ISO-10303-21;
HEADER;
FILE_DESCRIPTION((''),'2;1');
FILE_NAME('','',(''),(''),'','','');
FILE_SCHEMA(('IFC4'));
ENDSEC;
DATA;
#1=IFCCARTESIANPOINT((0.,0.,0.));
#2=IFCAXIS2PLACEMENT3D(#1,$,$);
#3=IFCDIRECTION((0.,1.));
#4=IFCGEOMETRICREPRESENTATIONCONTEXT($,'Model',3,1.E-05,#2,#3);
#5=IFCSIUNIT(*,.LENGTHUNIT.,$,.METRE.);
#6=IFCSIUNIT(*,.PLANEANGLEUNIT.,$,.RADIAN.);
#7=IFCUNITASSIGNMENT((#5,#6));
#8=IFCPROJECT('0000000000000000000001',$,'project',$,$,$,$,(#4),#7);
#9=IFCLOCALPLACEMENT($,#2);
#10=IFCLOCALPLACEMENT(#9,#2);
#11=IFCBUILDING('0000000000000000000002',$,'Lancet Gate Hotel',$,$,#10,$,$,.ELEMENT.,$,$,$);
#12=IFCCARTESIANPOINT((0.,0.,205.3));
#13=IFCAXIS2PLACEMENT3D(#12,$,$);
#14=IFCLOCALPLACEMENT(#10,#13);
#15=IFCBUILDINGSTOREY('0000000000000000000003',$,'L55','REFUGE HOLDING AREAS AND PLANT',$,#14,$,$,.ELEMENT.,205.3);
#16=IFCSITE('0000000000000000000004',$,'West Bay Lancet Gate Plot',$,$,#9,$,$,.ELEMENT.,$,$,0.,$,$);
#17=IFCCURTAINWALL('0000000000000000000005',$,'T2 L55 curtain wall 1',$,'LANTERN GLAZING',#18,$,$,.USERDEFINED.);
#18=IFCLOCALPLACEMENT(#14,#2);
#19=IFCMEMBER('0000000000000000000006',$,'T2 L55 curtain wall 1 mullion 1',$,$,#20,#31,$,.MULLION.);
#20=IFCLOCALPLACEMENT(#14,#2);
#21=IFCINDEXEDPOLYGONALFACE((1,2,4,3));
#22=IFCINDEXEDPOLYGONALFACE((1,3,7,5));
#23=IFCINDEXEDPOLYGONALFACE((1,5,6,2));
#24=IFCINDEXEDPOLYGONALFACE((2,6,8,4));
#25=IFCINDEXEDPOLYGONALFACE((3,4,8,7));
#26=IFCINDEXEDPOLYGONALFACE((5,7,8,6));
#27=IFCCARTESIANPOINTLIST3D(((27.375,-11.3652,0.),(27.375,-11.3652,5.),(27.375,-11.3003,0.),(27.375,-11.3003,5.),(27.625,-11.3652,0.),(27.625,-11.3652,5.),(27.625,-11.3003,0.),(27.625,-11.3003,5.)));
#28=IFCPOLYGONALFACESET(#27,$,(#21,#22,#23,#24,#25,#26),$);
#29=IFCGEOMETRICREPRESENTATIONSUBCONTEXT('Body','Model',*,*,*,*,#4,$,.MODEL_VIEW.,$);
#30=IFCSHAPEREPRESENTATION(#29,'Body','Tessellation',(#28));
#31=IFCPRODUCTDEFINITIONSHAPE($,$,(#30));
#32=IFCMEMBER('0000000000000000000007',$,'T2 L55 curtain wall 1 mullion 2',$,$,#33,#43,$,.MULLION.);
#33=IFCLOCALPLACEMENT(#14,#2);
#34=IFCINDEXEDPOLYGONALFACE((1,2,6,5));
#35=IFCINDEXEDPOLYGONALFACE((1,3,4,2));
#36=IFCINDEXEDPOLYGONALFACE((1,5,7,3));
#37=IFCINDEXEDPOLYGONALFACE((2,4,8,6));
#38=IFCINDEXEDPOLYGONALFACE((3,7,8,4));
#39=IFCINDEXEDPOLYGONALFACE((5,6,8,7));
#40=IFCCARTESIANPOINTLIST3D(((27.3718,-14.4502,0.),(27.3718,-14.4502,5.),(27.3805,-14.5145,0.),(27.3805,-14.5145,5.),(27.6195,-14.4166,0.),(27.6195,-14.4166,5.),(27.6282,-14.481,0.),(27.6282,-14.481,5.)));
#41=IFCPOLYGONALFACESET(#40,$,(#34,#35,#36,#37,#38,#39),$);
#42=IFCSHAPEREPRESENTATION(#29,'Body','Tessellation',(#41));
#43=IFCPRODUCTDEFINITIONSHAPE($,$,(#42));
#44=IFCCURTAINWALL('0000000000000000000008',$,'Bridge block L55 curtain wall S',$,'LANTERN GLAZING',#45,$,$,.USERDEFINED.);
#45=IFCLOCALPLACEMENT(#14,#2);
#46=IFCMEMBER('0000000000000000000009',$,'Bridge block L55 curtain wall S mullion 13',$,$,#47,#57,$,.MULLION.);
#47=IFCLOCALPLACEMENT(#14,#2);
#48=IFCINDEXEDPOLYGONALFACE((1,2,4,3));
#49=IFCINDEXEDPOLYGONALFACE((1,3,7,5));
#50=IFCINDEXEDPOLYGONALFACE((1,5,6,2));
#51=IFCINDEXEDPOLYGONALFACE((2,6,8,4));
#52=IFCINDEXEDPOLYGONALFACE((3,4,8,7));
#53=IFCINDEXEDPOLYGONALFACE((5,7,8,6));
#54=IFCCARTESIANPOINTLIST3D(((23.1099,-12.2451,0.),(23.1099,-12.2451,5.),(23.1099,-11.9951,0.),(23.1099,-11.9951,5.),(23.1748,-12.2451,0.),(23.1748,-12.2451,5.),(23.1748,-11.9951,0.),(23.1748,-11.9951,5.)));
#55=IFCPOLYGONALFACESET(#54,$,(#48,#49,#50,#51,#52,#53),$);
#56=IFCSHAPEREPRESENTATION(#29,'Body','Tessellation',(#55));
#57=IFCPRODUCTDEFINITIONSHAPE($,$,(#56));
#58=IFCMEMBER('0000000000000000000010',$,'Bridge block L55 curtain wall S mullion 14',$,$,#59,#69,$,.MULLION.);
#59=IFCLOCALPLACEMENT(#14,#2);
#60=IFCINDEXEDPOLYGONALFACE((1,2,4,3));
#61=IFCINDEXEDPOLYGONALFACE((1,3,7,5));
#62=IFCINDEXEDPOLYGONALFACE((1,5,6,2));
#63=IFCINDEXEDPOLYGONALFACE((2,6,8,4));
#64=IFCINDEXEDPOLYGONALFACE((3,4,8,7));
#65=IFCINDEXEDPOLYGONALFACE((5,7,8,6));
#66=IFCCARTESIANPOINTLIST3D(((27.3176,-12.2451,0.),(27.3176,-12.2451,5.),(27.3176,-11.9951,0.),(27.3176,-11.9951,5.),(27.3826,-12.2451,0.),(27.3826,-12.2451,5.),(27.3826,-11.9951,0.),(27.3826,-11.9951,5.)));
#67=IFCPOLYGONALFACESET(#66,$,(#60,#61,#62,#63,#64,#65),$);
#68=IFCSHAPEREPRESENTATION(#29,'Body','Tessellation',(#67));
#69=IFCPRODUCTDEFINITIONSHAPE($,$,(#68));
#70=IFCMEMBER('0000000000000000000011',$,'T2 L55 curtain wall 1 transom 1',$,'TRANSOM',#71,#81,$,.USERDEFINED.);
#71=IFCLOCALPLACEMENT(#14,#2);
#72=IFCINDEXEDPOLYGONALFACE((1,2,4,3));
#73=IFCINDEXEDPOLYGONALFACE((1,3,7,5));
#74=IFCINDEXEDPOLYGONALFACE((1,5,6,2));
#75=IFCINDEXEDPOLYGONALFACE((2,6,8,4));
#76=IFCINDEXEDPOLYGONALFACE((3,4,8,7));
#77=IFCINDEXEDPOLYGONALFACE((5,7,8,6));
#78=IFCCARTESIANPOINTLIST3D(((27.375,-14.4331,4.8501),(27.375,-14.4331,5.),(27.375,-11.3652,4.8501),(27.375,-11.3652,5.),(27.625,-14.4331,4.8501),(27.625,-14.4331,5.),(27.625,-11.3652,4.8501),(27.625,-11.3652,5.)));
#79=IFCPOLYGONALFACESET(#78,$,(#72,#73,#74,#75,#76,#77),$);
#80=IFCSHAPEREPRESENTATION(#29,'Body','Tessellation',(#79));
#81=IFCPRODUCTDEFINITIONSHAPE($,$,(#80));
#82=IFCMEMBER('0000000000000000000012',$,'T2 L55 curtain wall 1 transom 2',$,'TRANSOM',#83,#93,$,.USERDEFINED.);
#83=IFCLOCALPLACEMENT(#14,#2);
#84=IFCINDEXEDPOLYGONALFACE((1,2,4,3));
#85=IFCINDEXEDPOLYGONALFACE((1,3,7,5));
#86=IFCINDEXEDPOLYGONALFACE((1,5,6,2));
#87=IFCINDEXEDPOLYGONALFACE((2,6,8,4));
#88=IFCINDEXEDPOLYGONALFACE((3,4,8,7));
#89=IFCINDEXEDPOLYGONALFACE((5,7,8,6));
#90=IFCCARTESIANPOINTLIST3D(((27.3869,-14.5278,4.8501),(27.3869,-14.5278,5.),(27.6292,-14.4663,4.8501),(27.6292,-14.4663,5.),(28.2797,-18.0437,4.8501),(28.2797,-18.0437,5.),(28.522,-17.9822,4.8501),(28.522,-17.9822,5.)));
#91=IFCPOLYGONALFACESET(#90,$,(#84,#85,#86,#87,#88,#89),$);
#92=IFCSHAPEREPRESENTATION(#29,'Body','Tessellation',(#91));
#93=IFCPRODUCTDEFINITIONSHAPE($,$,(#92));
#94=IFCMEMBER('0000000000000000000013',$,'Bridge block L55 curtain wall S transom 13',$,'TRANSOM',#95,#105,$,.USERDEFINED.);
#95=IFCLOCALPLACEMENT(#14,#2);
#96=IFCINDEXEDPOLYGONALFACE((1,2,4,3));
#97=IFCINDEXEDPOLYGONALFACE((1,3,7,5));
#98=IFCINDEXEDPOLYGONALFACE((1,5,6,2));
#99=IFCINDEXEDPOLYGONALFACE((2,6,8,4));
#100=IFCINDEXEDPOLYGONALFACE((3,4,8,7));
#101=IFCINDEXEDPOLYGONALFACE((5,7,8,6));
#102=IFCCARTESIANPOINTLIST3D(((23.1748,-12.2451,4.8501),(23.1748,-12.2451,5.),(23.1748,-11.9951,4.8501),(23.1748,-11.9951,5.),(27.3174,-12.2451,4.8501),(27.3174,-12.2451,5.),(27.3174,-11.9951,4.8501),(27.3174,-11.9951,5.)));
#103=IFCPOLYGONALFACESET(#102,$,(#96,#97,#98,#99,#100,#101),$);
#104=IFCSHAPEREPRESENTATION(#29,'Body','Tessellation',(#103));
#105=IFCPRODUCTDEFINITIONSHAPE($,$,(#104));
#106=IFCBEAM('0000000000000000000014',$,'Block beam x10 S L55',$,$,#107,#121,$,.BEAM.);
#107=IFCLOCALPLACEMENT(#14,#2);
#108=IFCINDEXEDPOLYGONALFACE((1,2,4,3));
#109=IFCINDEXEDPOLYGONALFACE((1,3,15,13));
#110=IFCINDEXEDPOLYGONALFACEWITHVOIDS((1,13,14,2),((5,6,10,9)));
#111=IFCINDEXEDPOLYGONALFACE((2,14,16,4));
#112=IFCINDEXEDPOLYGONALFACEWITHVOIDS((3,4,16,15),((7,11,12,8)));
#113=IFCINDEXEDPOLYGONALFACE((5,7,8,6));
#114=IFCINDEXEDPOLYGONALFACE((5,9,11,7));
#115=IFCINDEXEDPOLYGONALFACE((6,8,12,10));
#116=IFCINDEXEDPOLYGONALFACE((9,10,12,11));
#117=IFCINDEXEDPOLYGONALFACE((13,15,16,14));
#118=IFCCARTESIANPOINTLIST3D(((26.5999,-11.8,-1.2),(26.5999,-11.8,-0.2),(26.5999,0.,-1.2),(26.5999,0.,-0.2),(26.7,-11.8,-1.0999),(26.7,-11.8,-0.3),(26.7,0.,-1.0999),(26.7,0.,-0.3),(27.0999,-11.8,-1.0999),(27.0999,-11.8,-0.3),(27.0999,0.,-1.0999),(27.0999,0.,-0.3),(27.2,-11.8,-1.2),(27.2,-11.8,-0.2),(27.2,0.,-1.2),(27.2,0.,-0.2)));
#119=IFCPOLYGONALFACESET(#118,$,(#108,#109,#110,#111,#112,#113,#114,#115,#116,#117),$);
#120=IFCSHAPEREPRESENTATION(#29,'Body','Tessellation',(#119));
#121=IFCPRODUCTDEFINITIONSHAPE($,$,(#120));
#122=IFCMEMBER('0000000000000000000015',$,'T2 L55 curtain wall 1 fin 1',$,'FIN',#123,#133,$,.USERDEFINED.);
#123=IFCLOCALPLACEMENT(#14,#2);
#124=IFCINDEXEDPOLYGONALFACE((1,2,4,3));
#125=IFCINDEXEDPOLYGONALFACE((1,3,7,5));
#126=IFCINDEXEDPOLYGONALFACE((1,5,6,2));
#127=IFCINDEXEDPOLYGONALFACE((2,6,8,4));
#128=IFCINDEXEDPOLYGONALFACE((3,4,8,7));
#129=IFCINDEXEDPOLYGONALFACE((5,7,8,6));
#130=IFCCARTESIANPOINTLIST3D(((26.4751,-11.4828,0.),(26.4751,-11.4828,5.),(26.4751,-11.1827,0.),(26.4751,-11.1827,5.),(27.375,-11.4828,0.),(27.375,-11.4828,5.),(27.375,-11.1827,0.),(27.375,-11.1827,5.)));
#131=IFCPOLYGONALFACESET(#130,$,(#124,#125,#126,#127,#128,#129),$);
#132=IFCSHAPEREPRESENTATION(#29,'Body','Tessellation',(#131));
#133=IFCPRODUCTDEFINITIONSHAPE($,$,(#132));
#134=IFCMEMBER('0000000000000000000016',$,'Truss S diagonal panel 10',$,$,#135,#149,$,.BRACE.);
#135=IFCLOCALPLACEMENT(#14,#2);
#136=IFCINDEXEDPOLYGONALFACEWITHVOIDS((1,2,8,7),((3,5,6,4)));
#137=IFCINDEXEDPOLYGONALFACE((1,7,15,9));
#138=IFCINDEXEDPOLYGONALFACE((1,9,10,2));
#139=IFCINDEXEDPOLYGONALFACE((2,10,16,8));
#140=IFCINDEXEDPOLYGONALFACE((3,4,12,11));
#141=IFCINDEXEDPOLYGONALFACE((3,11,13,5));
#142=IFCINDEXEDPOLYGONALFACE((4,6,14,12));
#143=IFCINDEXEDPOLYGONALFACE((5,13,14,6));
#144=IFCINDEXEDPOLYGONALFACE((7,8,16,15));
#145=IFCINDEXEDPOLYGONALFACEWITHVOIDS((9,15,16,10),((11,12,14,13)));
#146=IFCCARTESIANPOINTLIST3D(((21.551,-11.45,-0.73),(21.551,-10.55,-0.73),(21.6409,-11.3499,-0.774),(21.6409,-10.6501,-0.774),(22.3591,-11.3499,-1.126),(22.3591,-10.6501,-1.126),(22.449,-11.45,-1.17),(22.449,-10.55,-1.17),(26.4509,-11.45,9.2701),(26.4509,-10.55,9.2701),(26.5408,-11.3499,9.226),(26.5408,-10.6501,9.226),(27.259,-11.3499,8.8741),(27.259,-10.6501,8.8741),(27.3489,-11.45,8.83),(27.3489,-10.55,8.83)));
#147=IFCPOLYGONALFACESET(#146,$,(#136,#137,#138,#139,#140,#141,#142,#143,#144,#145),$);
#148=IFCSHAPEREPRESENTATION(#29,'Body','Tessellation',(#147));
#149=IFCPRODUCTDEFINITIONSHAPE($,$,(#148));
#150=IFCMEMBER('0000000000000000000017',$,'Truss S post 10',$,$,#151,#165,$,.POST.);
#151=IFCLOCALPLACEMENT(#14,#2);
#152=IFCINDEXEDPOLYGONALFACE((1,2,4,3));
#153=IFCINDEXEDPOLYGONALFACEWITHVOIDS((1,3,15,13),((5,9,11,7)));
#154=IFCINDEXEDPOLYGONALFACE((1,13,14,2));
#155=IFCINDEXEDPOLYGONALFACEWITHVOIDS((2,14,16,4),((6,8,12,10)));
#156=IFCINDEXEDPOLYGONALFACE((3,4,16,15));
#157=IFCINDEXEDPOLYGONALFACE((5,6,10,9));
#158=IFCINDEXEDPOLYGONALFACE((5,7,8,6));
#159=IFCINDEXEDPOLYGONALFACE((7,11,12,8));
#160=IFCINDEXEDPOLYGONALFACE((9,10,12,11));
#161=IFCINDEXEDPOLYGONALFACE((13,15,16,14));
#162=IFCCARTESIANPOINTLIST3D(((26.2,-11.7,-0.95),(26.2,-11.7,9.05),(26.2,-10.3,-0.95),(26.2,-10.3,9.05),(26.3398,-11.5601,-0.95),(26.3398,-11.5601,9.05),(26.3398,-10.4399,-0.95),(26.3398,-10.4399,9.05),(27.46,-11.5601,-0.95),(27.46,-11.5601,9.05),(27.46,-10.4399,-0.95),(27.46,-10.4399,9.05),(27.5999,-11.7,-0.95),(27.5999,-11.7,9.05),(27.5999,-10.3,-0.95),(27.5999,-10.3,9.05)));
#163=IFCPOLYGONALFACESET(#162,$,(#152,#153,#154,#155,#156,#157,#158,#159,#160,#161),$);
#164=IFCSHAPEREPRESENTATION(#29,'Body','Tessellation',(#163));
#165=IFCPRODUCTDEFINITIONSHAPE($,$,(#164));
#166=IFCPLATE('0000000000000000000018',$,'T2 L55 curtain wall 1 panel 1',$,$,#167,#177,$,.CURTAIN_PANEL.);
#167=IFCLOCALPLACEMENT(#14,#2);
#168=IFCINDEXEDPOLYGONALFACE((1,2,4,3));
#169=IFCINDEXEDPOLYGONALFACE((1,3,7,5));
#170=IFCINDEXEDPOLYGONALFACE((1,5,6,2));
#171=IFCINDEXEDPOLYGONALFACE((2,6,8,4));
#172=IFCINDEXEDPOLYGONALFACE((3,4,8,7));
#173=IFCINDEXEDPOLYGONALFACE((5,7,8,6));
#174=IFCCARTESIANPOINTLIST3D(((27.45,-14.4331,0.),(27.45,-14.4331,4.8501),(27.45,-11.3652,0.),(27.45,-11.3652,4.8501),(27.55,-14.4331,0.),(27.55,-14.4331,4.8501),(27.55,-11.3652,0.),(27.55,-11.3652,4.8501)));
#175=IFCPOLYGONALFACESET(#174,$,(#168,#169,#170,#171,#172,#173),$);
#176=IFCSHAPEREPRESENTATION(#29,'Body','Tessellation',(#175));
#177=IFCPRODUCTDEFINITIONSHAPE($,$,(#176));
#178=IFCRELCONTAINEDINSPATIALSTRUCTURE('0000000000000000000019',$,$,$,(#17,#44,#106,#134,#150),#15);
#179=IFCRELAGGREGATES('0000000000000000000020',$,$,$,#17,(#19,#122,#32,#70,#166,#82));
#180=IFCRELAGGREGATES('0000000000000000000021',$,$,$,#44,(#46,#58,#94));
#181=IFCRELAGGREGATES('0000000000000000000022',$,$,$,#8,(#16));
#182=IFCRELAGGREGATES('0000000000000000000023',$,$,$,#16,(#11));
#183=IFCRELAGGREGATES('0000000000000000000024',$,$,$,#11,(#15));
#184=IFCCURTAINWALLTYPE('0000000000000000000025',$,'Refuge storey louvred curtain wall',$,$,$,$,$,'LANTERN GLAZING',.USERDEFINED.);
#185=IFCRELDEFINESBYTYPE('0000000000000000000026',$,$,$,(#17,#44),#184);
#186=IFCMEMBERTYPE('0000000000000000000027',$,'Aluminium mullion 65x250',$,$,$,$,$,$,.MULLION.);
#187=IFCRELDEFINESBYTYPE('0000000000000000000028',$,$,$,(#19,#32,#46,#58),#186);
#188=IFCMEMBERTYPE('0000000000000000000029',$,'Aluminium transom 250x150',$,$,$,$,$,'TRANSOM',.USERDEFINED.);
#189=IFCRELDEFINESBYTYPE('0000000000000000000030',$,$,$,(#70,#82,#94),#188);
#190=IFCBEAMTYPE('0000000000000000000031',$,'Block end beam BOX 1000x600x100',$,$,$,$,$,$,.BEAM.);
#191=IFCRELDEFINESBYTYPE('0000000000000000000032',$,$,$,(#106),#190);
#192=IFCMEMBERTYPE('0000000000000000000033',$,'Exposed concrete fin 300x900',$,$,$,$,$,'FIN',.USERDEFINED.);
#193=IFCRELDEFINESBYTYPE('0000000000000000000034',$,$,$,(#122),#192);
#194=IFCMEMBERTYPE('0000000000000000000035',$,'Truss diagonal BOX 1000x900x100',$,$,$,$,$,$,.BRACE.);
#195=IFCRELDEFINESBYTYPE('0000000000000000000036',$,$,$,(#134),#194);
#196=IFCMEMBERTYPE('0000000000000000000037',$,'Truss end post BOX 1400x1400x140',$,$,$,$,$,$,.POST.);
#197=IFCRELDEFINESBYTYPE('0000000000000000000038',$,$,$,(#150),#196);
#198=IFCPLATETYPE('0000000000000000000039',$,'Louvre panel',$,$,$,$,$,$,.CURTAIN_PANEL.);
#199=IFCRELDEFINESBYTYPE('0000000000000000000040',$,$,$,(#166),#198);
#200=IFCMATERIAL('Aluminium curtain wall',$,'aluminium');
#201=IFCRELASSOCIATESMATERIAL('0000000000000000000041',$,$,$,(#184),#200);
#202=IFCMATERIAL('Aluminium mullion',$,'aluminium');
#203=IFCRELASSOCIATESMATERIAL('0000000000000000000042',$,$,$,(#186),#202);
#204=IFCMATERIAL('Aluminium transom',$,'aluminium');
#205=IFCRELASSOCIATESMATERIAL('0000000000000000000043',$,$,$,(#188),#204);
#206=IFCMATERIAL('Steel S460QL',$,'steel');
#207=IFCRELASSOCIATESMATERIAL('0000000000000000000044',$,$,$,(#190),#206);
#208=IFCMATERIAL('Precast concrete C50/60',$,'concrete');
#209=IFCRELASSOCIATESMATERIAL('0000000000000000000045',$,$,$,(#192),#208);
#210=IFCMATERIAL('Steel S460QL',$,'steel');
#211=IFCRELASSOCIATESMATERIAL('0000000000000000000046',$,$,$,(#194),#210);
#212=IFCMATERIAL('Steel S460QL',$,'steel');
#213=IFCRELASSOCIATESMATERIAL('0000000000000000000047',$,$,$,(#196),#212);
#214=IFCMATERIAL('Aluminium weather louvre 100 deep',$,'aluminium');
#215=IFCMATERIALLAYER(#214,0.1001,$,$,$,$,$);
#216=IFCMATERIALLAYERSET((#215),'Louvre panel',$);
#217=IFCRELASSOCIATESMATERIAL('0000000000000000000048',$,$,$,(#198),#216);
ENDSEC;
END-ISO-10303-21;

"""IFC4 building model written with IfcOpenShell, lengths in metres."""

from ifc_helpers import new_model, si_unit, direction, frame, origin, origin_2d, place, context, subcontext, project, spatial, rectangle, hollow_rectangle, extrude, material, layer, layer_set, material_profile, profile_set, type_object, element, aggregate, save


model = new_model("IFC4")

# Units and contexts
model_context = context("Model", 3, precision=1e-05, world=origin(), true_north=direction((0.0, 1.0)))
body_context = subcontext(model_context, "Body", "Model", "MODEL_VIEW")
ifc_project = project(units=[si_unit("LENGTHUNIT", "METRE"), si_unit("PLANEANGLEUNIT", "RADIAN")], contexts=[model_context])

# Site, building, storey
site_placement = place(None, origin())
site = spatial("IfcSite", under=ifc_project, at=site_placement, Name="West Bay Lancet Gate Plot", CompositionType="ELEMENT", RefElevation=0.0)
building_placement = place(site_placement, origin())
building = spatial("IfcBuilding", under=site, at=building_placement, Name="Lancet Gate Hotel", CompositionType="ELEMENT")
storey_placement = place(building_placement, frame((0.0, 0.0, 205.3)))
storey = spatial("IfcBuildingStorey", under=building, at=storey_placement, Name="L55", Description="REFUGE HOLDING AREAS AND PLANT", CompositionType="ELEMENT", Elevation=205.3)

# Curtain walls, members
ifc_material_1 = material(Name="Aluminium curtain wall", Category="aluminium")
curtain_wall_type = type_object("IfcCurtainWallType", Name="Refuge storey louvred curtain wall", ElementType="LANTERN GLAZING", PredefinedType="USERDEFINED", material=ifc_material_1)
curtain_wall_1_placement = place(storey_placement, origin())
curtain_wall_1 = element("IfcCurtainWall", 1, at=curtain_wall_1_placement, inside=storey, type_object=curtain_wall_type, Name="T2 L55 curtain wall 1", ObjectType="LANTERN GLAZING", PredefinedType="USERDEFINED")
ifc_material_2 = material(Name="Aluminium mullion", Category="aluminium")
ifc_material_profile_1 = material_profile(ifc_material_2, rectangle(XDim=0.0649, YDim=0.25, at=origin_2d()), Name="MULLION 65x250")
ifc_profile_set_1 = profile_set([ifc_material_profile_1], Name="Aluminium mullion")
member_type_1 = type_object("IfcMemberType", Name="Aluminium mullion 65x250", PredefinedType="MULLION", material=ifc_profile_set_1)
member_1_placement = place(storey_placement, frame((27.5, -11.3328, 0.0), z_axis=(0.0, 0.0, 1.0), x_axis=(0.0, -1.0, 0.0)))
member_1 = element("IfcMember", 2, at=member_1_placement, type_object=member_type_1, Name="T2 L55 curtain wall 1 mullion 1", PredefinedType="MULLION", context=body_context, shape_type="SweptSolid", body=[
    extrude(rectangle(XDim=0.0649, YDim=0.25, at=origin_2d()), origin(), (0.0, 0.0, 1.0), 5.0),
])
member_2_placement = place(storey_placement, frame((27.5, -14.4656, 0.0), z_axis=(0.0, 0.0, 1.0), x_axis=(0.134207, -0.990953, 0.0)))
member_2 = element("IfcMember", 3, at=member_2_placement, type_object=member_type_1, Name="T2 L55 curtain wall 1 mullion 2", PredefinedType="MULLION", context=body_context, shape_type="SweptSolid", body=[
    extrude(rectangle(XDim=0.0649, YDim=0.25, at=origin_2d()), origin(), (0.0, 0.0, 1.0), 5.0),
])
curtain_wall_2_placement = place(storey_placement, origin())
curtain_wall_2 = element("IfcCurtainWall", 4, at=curtain_wall_2_placement, inside=storey, type_object=curtain_wall_type, Name="Bridge block L55 curtain wall S", ObjectType="LANTERN GLAZING", PredefinedType="USERDEFINED")
member_3_placement = place(storey_placement, frame((23.1423, -12.1201, 0.0), z_axis=(0.0, 0.0, 1.0), x_axis=(1.0, 0.0, 0.0)))
member_3 = element("IfcMember", 5, at=member_3_placement, type_object=member_type_1, Name="Bridge block L55 curtain wall S mullion 13", PredefinedType="MULLION", context=body_context, shape_type="SweptSolid", body=[
    extrude(rectangle(XDim=0.0649, YDim=0.25, at=origin_2d()), origin(), (0.0, 0.0, 1.0), 5.0),
])
member_4_placement = place(storey_placement, frame((27.3501, -12.1201, 0.0), z_axis=(0.0, 0.0, 1.0), x_axis=(1.0, 0.0, 0.0)))
member_4 = element("IfcMember", 6, at=member_4_placement, type_object=member_type_1, Name="Bridge block L55 curtain wall S mullion 14", PredefinedType="MULLION", context=body_context, shape_type="SweptSolid", body=[
    extrude(rectangle(XDim=0.0649, YDim=0.25, at=origin_2d()), origin(), (0.0, 0.0, 1.0), 5.0),
])

# Members
ifc_material_3 = material(Name="Aluminium transom", Category="aluminium")
ifc_material_profile_2 = material_profile(ifc_material_3, rectangle(XDim=0.25, YDim=0.1499, at=origin_2d()), Name="TRANSOM 250x150")
ifc_profile_set_2 = profile_set([ifc_material_profile_2], Name="Aluminium transom")
member_type_2 = type_object("IfcMemberType", Name="Aluminium transom 250x150", ElementType="TRANSOM", PredefinedType="USERDEFINED", material=ifc_profile_set_2)
member_5_placement = place(storey_placement, frame((27.5, -11.3652, 4.925), z_axis=(0.0, -1.0, 0.0), x_axis=(1.0, 0.0, 0.0)))
member_5 = element("IfcMember", 7, at=member_5_placement, type_object=member_type_2, Name="T2 L55 curtain wall 1 transom 1", ObjectType="TRANSOM", PredefinedType="USERDEFINED", context=body_context, shape_type="SweptSolid", body=[
    extrude(rectangle(XDim=0.25, YDim=0.1499, at=origin_2d()), origin(), (0.0, 0.0, 1.0), 3.0679),
])
member_6_placement = place(storey_placement, frame((27.5081, -14.4971, 4.925), z_axis=(0.246129, -0.969237, 0.0), x_axis=(0.969237, 0.246129, 0.0)))
member_6 = element("IfcMember", 8, at=member_6_placement, type_object=member_type_2, Name="T2 L55 curtain wall 1 transom 2", ObjectType="TRANSOM", PredefinedType="USERDEFINED", context=body_context, shape_type="SweptSolid", body=[
    extrude(rectangle(XDim=0.25, YDim=0.1499, at=origin_2d()), origin(), (0.0, 0.0, 1.0), 3.6274),
])
member_7_placement = place(storey_placement, frame((23.1748, -12.1201, 4.925), z_axis=(1.0, 0.0, 0.0), x_axis=(0.0, 1.0, 0.0)))
member_7 = element("IfcMember", 9, at=member_7_placement, type_object=member_type_2, Name="Bridge block L55 curtain wall S transom 13", ObjectType="TRANSOM", PredefinedType="USERDEFINED", context=body_context, shape_type="SweptSolid", body=[
    extrude(rectangle(XDim=0.25, YDim=0.1499, at=origin_2d()), origin(), (0.0, 0.0, 1.0), 4.1426),
])

# Beam
ifc_material_4 = material(Name="Steel S460QL", Category="steel")
ifc_material_profile_3 = material_profile(ifc_material_4, hollow_rectangle(XDim=0.6001, YDim=1.0, WallThickness=0.1001, at=origin_2d()), Name="BOX 1000x600x100")
ifc_profile_set_3 = profile_set([ifc_material_profile_3], Name="Steel S460QL")
beam_type = type_object("IfcBeamType", Name="Block end beam BOX 1000x600x100", PredefinedType="BEAM", material=ifc_profile_set_3)
beam_placement = place(storey_placement, frame((26.8999, -11.8, -0.7), z_axis=(0.0, 1.0, 0.0), x_axis=(-1.0, 0.0, 0.0)))
element("IfcBeam", 10, at=beam_placement, inside=storey, type_object=beam_type, Name="Block beam x10 S L55", PredefinedType="BEAM", context=body_context, shape_type="SweptSolid", body=[
    extrude(hollow_rectangle(XDim=0.6001, YDim=1.0, WallThickness=0.1001, at=origin_2d()), origin(), (0.0, 0.0, 1.0), 11.8),
])

# Member
ifc_material_5 = material(Name="Precast concrete C50/60", Category="concrete")
ifc_material_profile_4 = material_profile(ifc_material_5, rectangle(XDim=0.3, YDim=0.8999, at=origin_2d()), Name="FIN 300x900")
ifc_profile_set_4 = profile_set([ifc_material_profile_4], Name="Precast concrete C50/60")
member_type_3 = type_object("IfcMemberType", Name="Exposed concrete fin 300x900", ElementType="FIN", PredefinedType="USERDEFINED", material=ifc_profile_set_4)
member_8_placement = place(storey_placement, frame((26.925, -11.3328, 0.0), z_axis=(0.0, 0.0, 1.0), x_axis=(0.0, -1.0, 0.0)))
member_8 = element("IfcMember", 11, at=member_8_placement, type_object=member_type_3, Name="T2 L55 curtain wall 1 fin 1", ObjectType="FIN", PredefinedType="USERDEFINED", context=body_context, shape_type="SweptSolid", body=[
    extrude(rectangle(XDim=0.3, YDim=0.8999, at=origin_2d()), origin(), (0.0, 0.0, 1.0), 5.0),
])

# Members
ifc_material_6 = material(Name="Steel S460QL", Category="steel")
ifc_material_profile_5 = material_profile(ifc_material_6, hollow_rectangle(XDim=0.8999, YDim=1.0, WallThickness=0.1001, at=origin_2d()), Name="BOX 1000x900x100")
ifc_profile_set_5 = profile_set([ifc_material_profile_5], Name="Steel S460QL")
member_type_4 = type_object("IfcMemberType", Name="Truss diagonal BOX 1000x900x100", PredefinedType="BRACE", material=ifc_profile_set_5)
member_9_placement = place(storey_placement, frame((26.8999, -11.0, 9.05), z_axis=(-0.440008, 0.0, -0.897994), x_axis=(0.0, -1.0, 0.0)))
element("IfcMember", 12, at=member_9_placement, inside=storey, type_object=member_type_4, Name="Truss S diagonal panel 10", PredefinedType="BRACE", context=body_context, shape_type="SweptSolid", body=[
    extrude(hollow_rectangle(XDim=0.8999, YDim=1.0, WallThickness=0.1001, at=origin_2d()), origin(), (0.0, 0.0, 1.0), 11.136),
])
ifc_material_7 = material(Name="Steel S460QL", Category="steel")
ifc_material_profile_6 = material_profile(ifc_material_7, hollow_rectangle(XDim=1.3999, YDim=1.3999, WallThickness=0.1399, at=origin_2d()), Name="BOX 1400x1400x140")
ifc_profile_set_6 = profile_set([ifc_material_profile_6], Name="Steel S460QL")
member_type_5 = type_object("IfcMemberType", Name="Truss end post BOX 1400x1400x140", PredefinedType="POST", material=ifc_profile_set_6)
member_10_placement = place(storey_placement, frame((26.8999, -11.0, -0.95), z_axis=(0.0, 0.0, 1.0), x_axis=(1.0, 0.0, 0.0)))
element("IfcMember", 13, at=member_10_placement, inside=storey, type_object=member_type_5, Name="Truss S post 10", PredefinedType="POST", context=body_context, shape_type="SweptSolid", body=[
    extrude(hollow_rectangle(XDim=1.3999, YDim=1.3999, WallThickness=0.1399, at=origin_2d()), origin(), (0.0, 0.0, 1.0), 10.0),
])

# Plate
ifc_material_8 = material(Name="Aluminium weather louvre 100 deep", Category="aluminium")
ifc_layer_1 = layer(ifc_material_8, 0.1001)
ifc_layer_set_1 = layer_set([ifc_layer_1], Name="Louvre panel")
plate_type = type_object("IfcPlateType", Name="Louvre panel", PredefinedType="CURTAIN_PANEL", material=ifc_layer_set_1)
plate_1_placement = place(storey_placement, frame((27.5, -12.8992, 0.0), z_axis=(0.0, 0.0, 1.0), x_axis=(0.0, -1.0, 0.0)))
plate_1 = element("IfcPlate", 14, at=plate_1_placement, type_object=plate_type, Name="T2 L55 curtain wall 1 panel 1", PredefinedType="CURTAIN_PANEL", context=body_context, shape_type="SweptSolid", body=[
    extrude(rectangle(XDim=3.0679, YDim=0.1001, at=origin_2d()), origin(), (0.0, 0.0, 1.0), 4.8501),
])
aggregate(curtain_wall_1, [member_1, member_8, member_2, member_5, plate_1, member_6])
aggregate(curtain_wall_2, [member_3, member_4, member_7])

save(model, "model.ifc")
